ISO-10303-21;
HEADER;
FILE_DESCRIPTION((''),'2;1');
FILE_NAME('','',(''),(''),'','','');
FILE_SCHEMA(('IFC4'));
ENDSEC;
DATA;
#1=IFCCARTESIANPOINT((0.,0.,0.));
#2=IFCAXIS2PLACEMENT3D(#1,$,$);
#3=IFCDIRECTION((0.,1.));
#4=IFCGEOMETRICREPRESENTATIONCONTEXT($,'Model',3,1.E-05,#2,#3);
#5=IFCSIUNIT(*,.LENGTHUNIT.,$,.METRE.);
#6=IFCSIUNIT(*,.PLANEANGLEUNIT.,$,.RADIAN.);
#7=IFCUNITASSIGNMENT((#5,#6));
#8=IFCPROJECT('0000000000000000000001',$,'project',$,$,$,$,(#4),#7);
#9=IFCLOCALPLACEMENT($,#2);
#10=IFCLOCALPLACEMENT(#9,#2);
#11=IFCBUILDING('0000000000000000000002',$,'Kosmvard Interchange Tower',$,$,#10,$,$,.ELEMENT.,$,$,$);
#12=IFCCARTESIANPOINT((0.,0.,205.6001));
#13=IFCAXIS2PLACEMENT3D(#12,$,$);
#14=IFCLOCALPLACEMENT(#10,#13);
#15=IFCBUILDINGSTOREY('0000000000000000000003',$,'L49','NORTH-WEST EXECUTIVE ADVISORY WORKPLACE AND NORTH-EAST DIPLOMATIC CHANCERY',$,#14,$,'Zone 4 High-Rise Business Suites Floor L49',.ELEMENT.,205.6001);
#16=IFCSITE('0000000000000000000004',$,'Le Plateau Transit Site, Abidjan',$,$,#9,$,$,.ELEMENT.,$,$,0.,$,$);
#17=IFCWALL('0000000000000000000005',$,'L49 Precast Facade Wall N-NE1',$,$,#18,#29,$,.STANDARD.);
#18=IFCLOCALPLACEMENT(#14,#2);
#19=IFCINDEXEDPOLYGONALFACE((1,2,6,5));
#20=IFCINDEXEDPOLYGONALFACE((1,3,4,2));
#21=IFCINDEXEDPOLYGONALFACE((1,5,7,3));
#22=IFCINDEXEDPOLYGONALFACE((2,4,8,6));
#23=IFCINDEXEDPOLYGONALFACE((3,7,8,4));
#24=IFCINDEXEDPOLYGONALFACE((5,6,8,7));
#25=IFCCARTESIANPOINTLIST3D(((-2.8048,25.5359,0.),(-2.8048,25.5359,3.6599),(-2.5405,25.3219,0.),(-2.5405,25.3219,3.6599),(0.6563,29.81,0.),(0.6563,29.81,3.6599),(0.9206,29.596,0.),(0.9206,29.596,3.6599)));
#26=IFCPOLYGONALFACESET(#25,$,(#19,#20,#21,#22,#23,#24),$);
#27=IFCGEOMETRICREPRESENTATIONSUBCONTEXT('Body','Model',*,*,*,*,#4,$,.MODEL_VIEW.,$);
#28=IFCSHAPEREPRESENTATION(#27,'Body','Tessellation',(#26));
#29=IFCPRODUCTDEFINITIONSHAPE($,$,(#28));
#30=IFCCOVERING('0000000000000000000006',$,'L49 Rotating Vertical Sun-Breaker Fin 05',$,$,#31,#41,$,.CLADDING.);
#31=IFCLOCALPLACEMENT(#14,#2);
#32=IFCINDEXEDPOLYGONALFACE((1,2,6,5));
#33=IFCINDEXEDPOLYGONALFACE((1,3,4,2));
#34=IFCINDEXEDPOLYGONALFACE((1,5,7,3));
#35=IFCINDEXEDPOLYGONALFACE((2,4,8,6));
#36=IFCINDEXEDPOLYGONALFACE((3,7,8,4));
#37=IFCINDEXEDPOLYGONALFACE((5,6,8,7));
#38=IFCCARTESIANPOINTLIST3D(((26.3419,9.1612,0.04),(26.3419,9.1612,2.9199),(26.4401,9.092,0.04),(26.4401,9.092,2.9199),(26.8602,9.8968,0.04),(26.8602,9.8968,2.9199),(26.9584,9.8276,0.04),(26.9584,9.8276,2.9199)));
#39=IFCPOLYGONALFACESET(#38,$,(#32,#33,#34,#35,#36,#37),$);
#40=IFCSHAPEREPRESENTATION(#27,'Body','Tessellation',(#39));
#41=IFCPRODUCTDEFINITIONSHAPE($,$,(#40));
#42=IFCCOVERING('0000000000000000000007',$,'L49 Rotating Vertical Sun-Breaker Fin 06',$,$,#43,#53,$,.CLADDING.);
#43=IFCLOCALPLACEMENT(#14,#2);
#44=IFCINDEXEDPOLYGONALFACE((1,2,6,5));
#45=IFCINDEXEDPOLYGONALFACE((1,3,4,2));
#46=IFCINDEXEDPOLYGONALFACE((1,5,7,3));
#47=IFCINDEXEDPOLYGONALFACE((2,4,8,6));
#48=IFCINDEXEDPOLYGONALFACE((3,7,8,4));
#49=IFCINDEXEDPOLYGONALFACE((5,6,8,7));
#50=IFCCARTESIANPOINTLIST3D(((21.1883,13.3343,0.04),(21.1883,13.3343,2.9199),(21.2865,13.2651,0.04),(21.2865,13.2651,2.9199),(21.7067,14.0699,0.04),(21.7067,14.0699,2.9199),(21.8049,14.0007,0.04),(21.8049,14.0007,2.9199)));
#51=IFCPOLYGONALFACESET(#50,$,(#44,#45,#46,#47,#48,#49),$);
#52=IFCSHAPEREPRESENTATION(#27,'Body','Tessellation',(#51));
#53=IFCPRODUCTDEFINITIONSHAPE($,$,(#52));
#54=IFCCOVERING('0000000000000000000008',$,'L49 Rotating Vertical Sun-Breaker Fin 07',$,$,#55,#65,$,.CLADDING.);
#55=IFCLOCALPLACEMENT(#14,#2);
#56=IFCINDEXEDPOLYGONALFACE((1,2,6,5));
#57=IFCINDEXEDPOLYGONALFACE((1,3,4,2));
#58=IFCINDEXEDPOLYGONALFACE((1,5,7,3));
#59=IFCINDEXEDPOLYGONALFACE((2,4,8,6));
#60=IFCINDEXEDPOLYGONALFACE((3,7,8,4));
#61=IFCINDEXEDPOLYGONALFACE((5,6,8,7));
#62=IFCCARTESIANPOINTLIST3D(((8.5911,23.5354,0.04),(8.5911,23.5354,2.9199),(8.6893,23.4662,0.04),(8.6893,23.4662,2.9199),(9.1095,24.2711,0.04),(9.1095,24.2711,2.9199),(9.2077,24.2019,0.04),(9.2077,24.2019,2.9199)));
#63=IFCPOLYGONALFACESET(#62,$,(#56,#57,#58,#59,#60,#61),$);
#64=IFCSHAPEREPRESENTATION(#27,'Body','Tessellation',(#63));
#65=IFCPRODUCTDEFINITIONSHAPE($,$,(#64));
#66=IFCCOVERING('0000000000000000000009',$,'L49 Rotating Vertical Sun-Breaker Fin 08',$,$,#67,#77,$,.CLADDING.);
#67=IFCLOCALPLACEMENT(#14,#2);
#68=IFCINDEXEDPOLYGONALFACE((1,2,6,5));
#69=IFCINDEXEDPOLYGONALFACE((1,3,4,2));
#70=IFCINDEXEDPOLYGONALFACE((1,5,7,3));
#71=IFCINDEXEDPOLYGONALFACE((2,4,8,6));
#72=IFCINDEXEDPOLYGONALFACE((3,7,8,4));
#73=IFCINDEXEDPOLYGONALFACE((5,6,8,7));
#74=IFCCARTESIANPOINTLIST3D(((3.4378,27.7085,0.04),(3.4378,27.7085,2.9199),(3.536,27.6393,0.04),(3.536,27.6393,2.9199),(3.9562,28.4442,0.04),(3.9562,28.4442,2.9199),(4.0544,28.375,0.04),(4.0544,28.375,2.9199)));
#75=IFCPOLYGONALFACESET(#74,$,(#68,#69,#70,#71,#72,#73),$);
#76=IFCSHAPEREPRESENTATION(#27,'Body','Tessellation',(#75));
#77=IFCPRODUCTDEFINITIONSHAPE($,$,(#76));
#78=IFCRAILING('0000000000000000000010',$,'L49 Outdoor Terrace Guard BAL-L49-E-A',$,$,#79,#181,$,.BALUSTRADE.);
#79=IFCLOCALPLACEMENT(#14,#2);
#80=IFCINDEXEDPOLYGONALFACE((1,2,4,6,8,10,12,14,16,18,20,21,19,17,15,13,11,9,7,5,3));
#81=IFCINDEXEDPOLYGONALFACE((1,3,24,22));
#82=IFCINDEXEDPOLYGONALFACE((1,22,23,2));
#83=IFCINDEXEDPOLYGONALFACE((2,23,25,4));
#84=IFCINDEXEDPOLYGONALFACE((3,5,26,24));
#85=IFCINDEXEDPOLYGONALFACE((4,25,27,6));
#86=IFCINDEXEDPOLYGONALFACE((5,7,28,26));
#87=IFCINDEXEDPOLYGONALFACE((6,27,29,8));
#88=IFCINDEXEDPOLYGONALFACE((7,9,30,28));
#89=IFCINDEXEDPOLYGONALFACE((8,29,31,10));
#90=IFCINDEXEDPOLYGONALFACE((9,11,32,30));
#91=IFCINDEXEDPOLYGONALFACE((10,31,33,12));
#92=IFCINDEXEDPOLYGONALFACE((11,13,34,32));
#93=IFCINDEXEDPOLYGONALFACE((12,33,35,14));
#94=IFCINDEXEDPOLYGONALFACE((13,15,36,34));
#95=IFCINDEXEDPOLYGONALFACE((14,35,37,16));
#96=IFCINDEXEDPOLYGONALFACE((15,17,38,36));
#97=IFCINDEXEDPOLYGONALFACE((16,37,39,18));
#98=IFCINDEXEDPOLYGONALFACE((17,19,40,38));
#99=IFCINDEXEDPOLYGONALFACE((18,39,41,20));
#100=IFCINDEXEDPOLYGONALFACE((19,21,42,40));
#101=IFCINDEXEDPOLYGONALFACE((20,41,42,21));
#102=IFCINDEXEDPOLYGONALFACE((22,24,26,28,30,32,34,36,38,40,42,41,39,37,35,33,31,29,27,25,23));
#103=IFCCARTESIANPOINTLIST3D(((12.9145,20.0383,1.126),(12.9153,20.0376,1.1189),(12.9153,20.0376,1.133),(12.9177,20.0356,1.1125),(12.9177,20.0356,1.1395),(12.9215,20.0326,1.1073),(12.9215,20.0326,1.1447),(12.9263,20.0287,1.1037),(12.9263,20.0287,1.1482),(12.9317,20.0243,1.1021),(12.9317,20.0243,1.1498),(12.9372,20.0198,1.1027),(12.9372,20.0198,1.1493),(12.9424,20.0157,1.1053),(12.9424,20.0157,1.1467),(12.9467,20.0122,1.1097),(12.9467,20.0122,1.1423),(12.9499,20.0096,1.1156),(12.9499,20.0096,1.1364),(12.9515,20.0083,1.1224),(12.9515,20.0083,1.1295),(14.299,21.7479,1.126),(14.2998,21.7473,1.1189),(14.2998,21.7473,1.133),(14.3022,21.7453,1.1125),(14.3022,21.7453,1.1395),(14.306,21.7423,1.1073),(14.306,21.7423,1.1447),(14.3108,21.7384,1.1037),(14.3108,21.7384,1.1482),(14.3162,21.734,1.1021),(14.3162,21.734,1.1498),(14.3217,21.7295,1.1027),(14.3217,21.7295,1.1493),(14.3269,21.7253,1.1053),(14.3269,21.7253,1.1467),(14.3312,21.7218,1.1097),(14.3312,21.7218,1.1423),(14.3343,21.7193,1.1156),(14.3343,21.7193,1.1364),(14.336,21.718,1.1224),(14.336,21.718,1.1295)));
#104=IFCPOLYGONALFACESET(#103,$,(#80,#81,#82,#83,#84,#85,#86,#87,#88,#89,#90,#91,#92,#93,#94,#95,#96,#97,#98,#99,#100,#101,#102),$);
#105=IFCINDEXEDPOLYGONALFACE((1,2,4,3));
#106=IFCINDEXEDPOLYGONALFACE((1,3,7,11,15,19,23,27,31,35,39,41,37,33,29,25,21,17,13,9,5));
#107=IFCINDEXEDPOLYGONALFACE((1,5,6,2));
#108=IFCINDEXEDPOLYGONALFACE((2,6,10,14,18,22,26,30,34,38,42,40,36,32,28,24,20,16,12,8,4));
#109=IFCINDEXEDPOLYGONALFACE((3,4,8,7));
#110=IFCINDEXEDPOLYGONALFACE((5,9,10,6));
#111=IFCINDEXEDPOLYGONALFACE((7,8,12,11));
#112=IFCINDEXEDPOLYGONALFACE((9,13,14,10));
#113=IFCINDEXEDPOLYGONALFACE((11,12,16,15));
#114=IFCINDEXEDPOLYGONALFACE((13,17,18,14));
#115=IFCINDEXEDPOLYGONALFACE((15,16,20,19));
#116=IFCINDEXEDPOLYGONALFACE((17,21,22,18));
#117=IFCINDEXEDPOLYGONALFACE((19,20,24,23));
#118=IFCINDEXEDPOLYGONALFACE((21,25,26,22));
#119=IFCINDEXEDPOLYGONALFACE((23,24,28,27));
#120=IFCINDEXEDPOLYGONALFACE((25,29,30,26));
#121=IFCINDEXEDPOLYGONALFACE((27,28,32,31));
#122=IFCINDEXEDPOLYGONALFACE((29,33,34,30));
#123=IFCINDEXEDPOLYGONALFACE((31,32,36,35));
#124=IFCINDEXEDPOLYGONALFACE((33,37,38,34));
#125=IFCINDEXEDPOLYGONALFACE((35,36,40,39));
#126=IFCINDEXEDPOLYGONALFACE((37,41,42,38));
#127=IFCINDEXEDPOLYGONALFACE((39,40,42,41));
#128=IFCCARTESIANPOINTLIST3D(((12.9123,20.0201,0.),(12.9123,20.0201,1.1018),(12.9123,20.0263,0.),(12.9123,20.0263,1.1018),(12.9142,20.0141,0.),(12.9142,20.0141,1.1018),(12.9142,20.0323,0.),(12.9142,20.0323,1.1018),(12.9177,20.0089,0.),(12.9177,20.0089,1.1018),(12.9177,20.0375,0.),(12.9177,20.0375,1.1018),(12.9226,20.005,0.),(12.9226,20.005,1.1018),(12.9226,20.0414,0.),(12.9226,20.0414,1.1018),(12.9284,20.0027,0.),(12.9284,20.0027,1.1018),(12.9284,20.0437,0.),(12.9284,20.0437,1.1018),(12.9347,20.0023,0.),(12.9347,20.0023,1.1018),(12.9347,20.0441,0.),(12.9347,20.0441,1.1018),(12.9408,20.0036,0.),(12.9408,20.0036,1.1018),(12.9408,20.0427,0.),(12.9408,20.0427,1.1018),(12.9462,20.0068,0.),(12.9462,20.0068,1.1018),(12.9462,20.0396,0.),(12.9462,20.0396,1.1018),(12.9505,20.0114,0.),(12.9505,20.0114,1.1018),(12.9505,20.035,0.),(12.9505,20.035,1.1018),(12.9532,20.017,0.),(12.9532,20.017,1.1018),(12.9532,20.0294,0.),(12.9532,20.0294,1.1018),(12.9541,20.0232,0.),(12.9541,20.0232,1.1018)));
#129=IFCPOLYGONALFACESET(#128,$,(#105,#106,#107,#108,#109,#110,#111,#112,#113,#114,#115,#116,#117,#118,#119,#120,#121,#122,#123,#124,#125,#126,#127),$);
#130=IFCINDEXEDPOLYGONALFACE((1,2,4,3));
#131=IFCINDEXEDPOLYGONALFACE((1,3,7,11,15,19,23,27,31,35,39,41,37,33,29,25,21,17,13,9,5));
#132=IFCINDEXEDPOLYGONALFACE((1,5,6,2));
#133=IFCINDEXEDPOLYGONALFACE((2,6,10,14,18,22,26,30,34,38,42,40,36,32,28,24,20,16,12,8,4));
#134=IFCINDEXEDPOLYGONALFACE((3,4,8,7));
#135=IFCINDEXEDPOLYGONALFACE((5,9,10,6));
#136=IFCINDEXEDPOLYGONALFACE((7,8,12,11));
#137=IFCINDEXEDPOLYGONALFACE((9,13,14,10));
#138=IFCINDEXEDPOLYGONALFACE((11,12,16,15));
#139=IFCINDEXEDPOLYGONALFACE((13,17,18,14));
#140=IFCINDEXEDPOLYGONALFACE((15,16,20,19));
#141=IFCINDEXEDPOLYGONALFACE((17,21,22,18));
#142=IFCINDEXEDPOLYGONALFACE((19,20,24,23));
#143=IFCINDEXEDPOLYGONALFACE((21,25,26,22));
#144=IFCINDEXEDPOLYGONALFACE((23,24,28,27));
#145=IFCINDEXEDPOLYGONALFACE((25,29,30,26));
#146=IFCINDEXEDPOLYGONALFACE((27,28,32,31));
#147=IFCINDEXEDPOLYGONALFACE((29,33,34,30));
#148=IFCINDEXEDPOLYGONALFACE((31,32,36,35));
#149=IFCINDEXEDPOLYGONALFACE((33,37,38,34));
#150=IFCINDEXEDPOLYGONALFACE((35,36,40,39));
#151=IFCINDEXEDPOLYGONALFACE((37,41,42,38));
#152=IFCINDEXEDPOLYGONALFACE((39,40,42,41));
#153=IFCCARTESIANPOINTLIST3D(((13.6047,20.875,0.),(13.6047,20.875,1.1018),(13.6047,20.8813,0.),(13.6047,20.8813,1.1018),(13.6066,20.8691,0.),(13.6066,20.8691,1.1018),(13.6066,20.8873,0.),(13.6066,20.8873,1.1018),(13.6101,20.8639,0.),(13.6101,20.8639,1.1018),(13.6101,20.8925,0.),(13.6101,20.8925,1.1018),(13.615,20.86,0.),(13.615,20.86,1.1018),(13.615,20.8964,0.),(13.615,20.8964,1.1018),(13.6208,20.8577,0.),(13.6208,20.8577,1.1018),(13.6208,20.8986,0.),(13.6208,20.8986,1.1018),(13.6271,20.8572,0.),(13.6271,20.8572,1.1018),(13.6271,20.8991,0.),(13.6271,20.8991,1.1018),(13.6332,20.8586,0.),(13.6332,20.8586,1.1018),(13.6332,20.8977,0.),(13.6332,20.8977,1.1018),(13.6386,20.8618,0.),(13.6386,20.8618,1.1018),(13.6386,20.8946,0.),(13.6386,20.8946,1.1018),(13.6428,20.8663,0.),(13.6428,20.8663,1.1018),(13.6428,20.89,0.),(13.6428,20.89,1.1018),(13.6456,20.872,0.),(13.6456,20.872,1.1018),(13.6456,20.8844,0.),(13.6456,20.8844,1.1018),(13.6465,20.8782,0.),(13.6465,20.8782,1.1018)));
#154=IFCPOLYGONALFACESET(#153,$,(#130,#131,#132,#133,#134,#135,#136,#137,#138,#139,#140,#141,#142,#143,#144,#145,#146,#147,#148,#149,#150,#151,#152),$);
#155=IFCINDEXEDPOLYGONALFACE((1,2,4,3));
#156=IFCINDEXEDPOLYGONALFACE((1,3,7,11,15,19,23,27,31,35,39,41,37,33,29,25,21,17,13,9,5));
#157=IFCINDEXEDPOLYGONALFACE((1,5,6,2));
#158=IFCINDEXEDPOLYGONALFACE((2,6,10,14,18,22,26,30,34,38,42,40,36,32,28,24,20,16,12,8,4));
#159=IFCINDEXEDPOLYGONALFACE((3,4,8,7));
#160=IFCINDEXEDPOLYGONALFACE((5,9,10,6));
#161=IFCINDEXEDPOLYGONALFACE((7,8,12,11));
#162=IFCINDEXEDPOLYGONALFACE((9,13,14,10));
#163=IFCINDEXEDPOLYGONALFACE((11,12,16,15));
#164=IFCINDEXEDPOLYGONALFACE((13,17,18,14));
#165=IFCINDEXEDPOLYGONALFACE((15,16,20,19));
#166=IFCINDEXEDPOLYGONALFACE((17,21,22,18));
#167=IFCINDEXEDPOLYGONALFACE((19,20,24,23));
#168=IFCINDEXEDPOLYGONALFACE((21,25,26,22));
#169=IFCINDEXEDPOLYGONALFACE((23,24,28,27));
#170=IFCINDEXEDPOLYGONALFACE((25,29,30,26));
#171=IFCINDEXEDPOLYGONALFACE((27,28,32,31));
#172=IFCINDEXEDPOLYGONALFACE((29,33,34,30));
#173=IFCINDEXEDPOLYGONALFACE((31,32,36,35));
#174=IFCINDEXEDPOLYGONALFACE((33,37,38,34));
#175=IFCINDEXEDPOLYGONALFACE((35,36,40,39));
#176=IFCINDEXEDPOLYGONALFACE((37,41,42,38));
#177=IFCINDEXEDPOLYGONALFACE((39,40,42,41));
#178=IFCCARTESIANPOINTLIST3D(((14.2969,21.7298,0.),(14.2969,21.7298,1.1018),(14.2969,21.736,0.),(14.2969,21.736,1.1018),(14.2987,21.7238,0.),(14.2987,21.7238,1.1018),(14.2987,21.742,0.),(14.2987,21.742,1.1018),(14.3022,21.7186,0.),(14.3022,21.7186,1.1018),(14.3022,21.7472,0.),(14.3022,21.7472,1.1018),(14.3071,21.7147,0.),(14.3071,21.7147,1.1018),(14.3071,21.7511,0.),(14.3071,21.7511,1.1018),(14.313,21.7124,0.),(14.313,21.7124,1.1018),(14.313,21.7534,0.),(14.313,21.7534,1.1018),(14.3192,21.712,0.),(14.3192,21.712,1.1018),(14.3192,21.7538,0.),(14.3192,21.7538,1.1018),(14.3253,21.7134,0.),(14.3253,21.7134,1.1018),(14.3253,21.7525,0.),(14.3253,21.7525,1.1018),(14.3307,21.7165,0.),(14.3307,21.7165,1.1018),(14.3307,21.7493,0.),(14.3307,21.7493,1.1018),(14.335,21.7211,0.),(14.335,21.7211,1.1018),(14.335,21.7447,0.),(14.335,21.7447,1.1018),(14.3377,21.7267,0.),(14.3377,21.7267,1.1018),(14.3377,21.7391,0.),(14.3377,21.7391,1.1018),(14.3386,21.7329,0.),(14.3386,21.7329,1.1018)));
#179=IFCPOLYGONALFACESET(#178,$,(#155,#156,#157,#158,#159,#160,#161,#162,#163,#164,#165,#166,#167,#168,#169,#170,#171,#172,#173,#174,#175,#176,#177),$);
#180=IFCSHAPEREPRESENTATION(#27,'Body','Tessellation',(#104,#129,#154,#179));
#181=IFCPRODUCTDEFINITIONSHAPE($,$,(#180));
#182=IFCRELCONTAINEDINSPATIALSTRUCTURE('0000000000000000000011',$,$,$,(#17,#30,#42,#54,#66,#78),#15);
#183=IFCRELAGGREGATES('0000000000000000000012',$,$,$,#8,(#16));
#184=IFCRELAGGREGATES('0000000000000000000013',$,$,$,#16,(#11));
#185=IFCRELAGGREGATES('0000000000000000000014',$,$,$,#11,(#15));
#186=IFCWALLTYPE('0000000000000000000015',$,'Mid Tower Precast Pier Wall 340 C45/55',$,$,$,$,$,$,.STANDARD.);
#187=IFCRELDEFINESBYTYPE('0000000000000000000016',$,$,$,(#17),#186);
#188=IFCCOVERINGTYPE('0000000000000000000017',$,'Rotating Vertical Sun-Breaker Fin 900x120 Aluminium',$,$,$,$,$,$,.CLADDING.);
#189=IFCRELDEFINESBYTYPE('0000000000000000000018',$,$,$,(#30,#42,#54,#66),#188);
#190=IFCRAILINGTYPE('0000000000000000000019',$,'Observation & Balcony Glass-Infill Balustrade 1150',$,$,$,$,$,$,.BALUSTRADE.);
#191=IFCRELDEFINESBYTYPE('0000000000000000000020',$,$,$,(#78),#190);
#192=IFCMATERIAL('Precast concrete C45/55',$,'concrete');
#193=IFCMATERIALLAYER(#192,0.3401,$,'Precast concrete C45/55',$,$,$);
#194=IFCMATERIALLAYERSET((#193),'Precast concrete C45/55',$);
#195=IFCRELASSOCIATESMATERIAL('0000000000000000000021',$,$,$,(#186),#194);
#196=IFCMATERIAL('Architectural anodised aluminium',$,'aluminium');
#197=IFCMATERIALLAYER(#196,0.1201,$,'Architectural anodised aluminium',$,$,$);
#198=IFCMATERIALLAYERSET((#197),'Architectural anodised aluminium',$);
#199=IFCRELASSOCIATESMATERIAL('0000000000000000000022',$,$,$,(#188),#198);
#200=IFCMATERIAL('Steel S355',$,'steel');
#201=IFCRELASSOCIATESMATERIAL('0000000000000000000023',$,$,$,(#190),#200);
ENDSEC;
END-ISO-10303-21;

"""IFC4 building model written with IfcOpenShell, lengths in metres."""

from ifc_helpers import new_model, si_unit, direction, frame, frame_2d, origin, origin_2d, place, context, subcontext, project, spatial, rectangle, circle, extrude, source, transform, mapped, material, layer, layer_set, type_object, element, save


model = new_model("IFC4")

# Units and contexts
model_context = context("Model", 3, precision=1e-05, world=origin(), true_north=direction((0.0, 1.0)))
body_context = subcontext(model_context, "Body", "Model", "MODEL_VIEW")
ifc_project = project(units=[si_unit("LENGTHUNIT", "METRE"), si_unit("PLANEANGLEUNIT", "RADIAN")], contexts=[model_context])

# Site, building, storey
site_placement = place(None, origin())
site = spatial("IfcSite", under=ifc_project, at=site_placement, Name="Le Plateau Transit Site, Abidjan", CompositionType="ELEMENT", RefElevation=0.0)
building_placement = place(site_placement, origin())
building = spatial("IfcBuilding", under=site, at=building_placement, Name="Kosmvard Interchange Tower", CompositionType="ELEMENT")
storey_placement = place(building_placement, frame((0.0, 0.0, 205.6001)))
storey = spatial("IfcBuildingStorey", under=building, at=storey_placement, Name="L49", Description="NORTH-WEST EXECUTIVE ADVISORY WORKPLACE AND NORTH-EAST DIPLOMATIC CHANCERY", LongName="Zone 4 High-Rise Business Suites Floor L49", CompositionType="ELEMENT", Elevation=205.6001)

# Shared definitions
ifc_material_1 = material(Name="Steel S355", Category="steel")
ifc_material_2 = material(Name="Precast concrete C45/55", Category="concrete")

# Wall
ifc_layer_1 = layer(ifc_material_2, 0.3401, Name="Precast concrete C45/55")
ifc_layer_set_1 = layer_set([ifc_layer_1], Name="Precast concrete C45/55")
wall_type = type_object("IfcWallType", Name="Mid Tower Precast Pier Wall 340 C45/55", PredefinedType="STANDARD", material=ifc_layer_set_1)
wall_placement = place(storey_placement, frame((0.7886, 29.7031, 0.0), z_axis=(0.0, 0.0, 1.0), x_axis=(-0.629323, -0.777144, 0.0)))
element("IfcWall", 1, at=wall_placement, inside=storey, type_object=wall_type, Name="L49 Precast Facade Wall N-NE1", PredefinedType="STANDARD", context=body_context, shape_type="SweptSolid", body=[
    extrude(rectangle(XDim=5.4998, YDim=0.3401, at=frame_2d((2.75, 0.0))), origin(), (0.0, 0.0, 1.0), 3.6599),
])

# Coverings
ifc_material_3 = material(Name="Architectural anodised aluminium", Category="aluminium")
ifc_layer_2 = layer(ifc_material_3, 0.1201, Name="Architectural anodised aluminium")
ifc_layer_set_2 = layer_set([ifc_layer_2], Name="Architectural anodised aluminium")
covering_type = type_object("IfcCoveringType", Name="Rotating Vertical Sun-Breaker Fin 900x120 Aluminium", PredefinedType="CLADDING", material=ifc_layer_set_2)
shared_shape_1 = source(origin(), body_context, "Body", "SweptSolid", [
    extrude(rectangle(XDim=0.8999, YDim=0.1201, at=origin_2d()), origin(), (0.0, 0.0, 1.0), 2.8799),
])
for number, where, z_axis, x_axis, name in (
    (2, (26.6501, 9.4944, 0.04), (0.0, 0.0, 1.0), (0.576004, 0.817447, 0.0), "L49 Rotating Vertical Sun-Breaker Fin 05"),
    (3, (21.4966, 13.6675, 0.04), (0.0, 0.0, 1.0), (0.576004, 0.817447, 0.0), "L49 Rotating Vertical Sun-Breaker Fin 06"),
    (4, (8.8994, 23.8687, 0.04), (0.0, 0.0, 1.0), (0.576004, 0.817447, 0.0), "L49 Rotating Vertical Sun-Breaker Fin 07"),
    (5, (3.7461, 28.0417, 0.04), (0.0, 0.0, 1.0), (0.576004, 0.817447, 0.0), "L49 Rotating Vertical Sun-Breaker Fin 08"),
):
    element("IfcCovering", number, at=place(storey_placement, frame(where, z_axis=z_axis, x_axis=x_axis)), inside=storey, type_object=covering_type, Name=name, PredefinedType="CLADDING", context=body_context, shape_type="MappedRepresentation", body=[
        mapped(shared_shape_1, transform((0.0, 0.0, 0.0), scale=1.0)),
    ])

# Railing
railing_type = type_object("IfcRailingType", Name="Observation & Balcony Glass-Infill Balustrade 1150", PredefinedType="BALUSTRADE", material=ifc_material_1)
shared_shape_2 = source(origin(), body_context, "Body", "SweptSolid", [
    extrude(circle(Radius=0.0239, at=origin_2d()), frame((0.0, 0.0, 1.126), z_axis=(0.629326, 0.777141, 0.0), x_axis=(-0.777141, 0.629326, 0.0)), (0.0, 0.0, 1.0), 2.2),
    extrude(circle(Radius=0.021, at=origin_2d()), origin(), (0.0, 0.0, 1.0), 1.1018),
    extrude(circle(Radius=0.021, at=origin_2d()), frame((0.6924, 0.855, 0.0)), (0.0, 0.0, 1.0), 1.1018),
    extrude(circle(Radius=0.021, at=origin_2d()), frame((1.3845, 1.7097, 0.0)), (0.0, 0.0, 1.0), 1.1018),
])
railing_1_placement = place(storey_placement, frame((12.9331, 20.0232, 0.0)))
element("IfcRailing", 6, at=railing_1_placement, inside=storey, type_object=railing_type, Name="L49 Outdoor Terrace Guard BAL-L49-E-A", PredefinedType="BALUSTRADE", context=body_context, shape_type="MappedRepresentation", body=[
    mapped(shared_shape_2, transform((0.0, 0.0, 0.0), scale=1.0)),
])

save(model, "model.ifc")
